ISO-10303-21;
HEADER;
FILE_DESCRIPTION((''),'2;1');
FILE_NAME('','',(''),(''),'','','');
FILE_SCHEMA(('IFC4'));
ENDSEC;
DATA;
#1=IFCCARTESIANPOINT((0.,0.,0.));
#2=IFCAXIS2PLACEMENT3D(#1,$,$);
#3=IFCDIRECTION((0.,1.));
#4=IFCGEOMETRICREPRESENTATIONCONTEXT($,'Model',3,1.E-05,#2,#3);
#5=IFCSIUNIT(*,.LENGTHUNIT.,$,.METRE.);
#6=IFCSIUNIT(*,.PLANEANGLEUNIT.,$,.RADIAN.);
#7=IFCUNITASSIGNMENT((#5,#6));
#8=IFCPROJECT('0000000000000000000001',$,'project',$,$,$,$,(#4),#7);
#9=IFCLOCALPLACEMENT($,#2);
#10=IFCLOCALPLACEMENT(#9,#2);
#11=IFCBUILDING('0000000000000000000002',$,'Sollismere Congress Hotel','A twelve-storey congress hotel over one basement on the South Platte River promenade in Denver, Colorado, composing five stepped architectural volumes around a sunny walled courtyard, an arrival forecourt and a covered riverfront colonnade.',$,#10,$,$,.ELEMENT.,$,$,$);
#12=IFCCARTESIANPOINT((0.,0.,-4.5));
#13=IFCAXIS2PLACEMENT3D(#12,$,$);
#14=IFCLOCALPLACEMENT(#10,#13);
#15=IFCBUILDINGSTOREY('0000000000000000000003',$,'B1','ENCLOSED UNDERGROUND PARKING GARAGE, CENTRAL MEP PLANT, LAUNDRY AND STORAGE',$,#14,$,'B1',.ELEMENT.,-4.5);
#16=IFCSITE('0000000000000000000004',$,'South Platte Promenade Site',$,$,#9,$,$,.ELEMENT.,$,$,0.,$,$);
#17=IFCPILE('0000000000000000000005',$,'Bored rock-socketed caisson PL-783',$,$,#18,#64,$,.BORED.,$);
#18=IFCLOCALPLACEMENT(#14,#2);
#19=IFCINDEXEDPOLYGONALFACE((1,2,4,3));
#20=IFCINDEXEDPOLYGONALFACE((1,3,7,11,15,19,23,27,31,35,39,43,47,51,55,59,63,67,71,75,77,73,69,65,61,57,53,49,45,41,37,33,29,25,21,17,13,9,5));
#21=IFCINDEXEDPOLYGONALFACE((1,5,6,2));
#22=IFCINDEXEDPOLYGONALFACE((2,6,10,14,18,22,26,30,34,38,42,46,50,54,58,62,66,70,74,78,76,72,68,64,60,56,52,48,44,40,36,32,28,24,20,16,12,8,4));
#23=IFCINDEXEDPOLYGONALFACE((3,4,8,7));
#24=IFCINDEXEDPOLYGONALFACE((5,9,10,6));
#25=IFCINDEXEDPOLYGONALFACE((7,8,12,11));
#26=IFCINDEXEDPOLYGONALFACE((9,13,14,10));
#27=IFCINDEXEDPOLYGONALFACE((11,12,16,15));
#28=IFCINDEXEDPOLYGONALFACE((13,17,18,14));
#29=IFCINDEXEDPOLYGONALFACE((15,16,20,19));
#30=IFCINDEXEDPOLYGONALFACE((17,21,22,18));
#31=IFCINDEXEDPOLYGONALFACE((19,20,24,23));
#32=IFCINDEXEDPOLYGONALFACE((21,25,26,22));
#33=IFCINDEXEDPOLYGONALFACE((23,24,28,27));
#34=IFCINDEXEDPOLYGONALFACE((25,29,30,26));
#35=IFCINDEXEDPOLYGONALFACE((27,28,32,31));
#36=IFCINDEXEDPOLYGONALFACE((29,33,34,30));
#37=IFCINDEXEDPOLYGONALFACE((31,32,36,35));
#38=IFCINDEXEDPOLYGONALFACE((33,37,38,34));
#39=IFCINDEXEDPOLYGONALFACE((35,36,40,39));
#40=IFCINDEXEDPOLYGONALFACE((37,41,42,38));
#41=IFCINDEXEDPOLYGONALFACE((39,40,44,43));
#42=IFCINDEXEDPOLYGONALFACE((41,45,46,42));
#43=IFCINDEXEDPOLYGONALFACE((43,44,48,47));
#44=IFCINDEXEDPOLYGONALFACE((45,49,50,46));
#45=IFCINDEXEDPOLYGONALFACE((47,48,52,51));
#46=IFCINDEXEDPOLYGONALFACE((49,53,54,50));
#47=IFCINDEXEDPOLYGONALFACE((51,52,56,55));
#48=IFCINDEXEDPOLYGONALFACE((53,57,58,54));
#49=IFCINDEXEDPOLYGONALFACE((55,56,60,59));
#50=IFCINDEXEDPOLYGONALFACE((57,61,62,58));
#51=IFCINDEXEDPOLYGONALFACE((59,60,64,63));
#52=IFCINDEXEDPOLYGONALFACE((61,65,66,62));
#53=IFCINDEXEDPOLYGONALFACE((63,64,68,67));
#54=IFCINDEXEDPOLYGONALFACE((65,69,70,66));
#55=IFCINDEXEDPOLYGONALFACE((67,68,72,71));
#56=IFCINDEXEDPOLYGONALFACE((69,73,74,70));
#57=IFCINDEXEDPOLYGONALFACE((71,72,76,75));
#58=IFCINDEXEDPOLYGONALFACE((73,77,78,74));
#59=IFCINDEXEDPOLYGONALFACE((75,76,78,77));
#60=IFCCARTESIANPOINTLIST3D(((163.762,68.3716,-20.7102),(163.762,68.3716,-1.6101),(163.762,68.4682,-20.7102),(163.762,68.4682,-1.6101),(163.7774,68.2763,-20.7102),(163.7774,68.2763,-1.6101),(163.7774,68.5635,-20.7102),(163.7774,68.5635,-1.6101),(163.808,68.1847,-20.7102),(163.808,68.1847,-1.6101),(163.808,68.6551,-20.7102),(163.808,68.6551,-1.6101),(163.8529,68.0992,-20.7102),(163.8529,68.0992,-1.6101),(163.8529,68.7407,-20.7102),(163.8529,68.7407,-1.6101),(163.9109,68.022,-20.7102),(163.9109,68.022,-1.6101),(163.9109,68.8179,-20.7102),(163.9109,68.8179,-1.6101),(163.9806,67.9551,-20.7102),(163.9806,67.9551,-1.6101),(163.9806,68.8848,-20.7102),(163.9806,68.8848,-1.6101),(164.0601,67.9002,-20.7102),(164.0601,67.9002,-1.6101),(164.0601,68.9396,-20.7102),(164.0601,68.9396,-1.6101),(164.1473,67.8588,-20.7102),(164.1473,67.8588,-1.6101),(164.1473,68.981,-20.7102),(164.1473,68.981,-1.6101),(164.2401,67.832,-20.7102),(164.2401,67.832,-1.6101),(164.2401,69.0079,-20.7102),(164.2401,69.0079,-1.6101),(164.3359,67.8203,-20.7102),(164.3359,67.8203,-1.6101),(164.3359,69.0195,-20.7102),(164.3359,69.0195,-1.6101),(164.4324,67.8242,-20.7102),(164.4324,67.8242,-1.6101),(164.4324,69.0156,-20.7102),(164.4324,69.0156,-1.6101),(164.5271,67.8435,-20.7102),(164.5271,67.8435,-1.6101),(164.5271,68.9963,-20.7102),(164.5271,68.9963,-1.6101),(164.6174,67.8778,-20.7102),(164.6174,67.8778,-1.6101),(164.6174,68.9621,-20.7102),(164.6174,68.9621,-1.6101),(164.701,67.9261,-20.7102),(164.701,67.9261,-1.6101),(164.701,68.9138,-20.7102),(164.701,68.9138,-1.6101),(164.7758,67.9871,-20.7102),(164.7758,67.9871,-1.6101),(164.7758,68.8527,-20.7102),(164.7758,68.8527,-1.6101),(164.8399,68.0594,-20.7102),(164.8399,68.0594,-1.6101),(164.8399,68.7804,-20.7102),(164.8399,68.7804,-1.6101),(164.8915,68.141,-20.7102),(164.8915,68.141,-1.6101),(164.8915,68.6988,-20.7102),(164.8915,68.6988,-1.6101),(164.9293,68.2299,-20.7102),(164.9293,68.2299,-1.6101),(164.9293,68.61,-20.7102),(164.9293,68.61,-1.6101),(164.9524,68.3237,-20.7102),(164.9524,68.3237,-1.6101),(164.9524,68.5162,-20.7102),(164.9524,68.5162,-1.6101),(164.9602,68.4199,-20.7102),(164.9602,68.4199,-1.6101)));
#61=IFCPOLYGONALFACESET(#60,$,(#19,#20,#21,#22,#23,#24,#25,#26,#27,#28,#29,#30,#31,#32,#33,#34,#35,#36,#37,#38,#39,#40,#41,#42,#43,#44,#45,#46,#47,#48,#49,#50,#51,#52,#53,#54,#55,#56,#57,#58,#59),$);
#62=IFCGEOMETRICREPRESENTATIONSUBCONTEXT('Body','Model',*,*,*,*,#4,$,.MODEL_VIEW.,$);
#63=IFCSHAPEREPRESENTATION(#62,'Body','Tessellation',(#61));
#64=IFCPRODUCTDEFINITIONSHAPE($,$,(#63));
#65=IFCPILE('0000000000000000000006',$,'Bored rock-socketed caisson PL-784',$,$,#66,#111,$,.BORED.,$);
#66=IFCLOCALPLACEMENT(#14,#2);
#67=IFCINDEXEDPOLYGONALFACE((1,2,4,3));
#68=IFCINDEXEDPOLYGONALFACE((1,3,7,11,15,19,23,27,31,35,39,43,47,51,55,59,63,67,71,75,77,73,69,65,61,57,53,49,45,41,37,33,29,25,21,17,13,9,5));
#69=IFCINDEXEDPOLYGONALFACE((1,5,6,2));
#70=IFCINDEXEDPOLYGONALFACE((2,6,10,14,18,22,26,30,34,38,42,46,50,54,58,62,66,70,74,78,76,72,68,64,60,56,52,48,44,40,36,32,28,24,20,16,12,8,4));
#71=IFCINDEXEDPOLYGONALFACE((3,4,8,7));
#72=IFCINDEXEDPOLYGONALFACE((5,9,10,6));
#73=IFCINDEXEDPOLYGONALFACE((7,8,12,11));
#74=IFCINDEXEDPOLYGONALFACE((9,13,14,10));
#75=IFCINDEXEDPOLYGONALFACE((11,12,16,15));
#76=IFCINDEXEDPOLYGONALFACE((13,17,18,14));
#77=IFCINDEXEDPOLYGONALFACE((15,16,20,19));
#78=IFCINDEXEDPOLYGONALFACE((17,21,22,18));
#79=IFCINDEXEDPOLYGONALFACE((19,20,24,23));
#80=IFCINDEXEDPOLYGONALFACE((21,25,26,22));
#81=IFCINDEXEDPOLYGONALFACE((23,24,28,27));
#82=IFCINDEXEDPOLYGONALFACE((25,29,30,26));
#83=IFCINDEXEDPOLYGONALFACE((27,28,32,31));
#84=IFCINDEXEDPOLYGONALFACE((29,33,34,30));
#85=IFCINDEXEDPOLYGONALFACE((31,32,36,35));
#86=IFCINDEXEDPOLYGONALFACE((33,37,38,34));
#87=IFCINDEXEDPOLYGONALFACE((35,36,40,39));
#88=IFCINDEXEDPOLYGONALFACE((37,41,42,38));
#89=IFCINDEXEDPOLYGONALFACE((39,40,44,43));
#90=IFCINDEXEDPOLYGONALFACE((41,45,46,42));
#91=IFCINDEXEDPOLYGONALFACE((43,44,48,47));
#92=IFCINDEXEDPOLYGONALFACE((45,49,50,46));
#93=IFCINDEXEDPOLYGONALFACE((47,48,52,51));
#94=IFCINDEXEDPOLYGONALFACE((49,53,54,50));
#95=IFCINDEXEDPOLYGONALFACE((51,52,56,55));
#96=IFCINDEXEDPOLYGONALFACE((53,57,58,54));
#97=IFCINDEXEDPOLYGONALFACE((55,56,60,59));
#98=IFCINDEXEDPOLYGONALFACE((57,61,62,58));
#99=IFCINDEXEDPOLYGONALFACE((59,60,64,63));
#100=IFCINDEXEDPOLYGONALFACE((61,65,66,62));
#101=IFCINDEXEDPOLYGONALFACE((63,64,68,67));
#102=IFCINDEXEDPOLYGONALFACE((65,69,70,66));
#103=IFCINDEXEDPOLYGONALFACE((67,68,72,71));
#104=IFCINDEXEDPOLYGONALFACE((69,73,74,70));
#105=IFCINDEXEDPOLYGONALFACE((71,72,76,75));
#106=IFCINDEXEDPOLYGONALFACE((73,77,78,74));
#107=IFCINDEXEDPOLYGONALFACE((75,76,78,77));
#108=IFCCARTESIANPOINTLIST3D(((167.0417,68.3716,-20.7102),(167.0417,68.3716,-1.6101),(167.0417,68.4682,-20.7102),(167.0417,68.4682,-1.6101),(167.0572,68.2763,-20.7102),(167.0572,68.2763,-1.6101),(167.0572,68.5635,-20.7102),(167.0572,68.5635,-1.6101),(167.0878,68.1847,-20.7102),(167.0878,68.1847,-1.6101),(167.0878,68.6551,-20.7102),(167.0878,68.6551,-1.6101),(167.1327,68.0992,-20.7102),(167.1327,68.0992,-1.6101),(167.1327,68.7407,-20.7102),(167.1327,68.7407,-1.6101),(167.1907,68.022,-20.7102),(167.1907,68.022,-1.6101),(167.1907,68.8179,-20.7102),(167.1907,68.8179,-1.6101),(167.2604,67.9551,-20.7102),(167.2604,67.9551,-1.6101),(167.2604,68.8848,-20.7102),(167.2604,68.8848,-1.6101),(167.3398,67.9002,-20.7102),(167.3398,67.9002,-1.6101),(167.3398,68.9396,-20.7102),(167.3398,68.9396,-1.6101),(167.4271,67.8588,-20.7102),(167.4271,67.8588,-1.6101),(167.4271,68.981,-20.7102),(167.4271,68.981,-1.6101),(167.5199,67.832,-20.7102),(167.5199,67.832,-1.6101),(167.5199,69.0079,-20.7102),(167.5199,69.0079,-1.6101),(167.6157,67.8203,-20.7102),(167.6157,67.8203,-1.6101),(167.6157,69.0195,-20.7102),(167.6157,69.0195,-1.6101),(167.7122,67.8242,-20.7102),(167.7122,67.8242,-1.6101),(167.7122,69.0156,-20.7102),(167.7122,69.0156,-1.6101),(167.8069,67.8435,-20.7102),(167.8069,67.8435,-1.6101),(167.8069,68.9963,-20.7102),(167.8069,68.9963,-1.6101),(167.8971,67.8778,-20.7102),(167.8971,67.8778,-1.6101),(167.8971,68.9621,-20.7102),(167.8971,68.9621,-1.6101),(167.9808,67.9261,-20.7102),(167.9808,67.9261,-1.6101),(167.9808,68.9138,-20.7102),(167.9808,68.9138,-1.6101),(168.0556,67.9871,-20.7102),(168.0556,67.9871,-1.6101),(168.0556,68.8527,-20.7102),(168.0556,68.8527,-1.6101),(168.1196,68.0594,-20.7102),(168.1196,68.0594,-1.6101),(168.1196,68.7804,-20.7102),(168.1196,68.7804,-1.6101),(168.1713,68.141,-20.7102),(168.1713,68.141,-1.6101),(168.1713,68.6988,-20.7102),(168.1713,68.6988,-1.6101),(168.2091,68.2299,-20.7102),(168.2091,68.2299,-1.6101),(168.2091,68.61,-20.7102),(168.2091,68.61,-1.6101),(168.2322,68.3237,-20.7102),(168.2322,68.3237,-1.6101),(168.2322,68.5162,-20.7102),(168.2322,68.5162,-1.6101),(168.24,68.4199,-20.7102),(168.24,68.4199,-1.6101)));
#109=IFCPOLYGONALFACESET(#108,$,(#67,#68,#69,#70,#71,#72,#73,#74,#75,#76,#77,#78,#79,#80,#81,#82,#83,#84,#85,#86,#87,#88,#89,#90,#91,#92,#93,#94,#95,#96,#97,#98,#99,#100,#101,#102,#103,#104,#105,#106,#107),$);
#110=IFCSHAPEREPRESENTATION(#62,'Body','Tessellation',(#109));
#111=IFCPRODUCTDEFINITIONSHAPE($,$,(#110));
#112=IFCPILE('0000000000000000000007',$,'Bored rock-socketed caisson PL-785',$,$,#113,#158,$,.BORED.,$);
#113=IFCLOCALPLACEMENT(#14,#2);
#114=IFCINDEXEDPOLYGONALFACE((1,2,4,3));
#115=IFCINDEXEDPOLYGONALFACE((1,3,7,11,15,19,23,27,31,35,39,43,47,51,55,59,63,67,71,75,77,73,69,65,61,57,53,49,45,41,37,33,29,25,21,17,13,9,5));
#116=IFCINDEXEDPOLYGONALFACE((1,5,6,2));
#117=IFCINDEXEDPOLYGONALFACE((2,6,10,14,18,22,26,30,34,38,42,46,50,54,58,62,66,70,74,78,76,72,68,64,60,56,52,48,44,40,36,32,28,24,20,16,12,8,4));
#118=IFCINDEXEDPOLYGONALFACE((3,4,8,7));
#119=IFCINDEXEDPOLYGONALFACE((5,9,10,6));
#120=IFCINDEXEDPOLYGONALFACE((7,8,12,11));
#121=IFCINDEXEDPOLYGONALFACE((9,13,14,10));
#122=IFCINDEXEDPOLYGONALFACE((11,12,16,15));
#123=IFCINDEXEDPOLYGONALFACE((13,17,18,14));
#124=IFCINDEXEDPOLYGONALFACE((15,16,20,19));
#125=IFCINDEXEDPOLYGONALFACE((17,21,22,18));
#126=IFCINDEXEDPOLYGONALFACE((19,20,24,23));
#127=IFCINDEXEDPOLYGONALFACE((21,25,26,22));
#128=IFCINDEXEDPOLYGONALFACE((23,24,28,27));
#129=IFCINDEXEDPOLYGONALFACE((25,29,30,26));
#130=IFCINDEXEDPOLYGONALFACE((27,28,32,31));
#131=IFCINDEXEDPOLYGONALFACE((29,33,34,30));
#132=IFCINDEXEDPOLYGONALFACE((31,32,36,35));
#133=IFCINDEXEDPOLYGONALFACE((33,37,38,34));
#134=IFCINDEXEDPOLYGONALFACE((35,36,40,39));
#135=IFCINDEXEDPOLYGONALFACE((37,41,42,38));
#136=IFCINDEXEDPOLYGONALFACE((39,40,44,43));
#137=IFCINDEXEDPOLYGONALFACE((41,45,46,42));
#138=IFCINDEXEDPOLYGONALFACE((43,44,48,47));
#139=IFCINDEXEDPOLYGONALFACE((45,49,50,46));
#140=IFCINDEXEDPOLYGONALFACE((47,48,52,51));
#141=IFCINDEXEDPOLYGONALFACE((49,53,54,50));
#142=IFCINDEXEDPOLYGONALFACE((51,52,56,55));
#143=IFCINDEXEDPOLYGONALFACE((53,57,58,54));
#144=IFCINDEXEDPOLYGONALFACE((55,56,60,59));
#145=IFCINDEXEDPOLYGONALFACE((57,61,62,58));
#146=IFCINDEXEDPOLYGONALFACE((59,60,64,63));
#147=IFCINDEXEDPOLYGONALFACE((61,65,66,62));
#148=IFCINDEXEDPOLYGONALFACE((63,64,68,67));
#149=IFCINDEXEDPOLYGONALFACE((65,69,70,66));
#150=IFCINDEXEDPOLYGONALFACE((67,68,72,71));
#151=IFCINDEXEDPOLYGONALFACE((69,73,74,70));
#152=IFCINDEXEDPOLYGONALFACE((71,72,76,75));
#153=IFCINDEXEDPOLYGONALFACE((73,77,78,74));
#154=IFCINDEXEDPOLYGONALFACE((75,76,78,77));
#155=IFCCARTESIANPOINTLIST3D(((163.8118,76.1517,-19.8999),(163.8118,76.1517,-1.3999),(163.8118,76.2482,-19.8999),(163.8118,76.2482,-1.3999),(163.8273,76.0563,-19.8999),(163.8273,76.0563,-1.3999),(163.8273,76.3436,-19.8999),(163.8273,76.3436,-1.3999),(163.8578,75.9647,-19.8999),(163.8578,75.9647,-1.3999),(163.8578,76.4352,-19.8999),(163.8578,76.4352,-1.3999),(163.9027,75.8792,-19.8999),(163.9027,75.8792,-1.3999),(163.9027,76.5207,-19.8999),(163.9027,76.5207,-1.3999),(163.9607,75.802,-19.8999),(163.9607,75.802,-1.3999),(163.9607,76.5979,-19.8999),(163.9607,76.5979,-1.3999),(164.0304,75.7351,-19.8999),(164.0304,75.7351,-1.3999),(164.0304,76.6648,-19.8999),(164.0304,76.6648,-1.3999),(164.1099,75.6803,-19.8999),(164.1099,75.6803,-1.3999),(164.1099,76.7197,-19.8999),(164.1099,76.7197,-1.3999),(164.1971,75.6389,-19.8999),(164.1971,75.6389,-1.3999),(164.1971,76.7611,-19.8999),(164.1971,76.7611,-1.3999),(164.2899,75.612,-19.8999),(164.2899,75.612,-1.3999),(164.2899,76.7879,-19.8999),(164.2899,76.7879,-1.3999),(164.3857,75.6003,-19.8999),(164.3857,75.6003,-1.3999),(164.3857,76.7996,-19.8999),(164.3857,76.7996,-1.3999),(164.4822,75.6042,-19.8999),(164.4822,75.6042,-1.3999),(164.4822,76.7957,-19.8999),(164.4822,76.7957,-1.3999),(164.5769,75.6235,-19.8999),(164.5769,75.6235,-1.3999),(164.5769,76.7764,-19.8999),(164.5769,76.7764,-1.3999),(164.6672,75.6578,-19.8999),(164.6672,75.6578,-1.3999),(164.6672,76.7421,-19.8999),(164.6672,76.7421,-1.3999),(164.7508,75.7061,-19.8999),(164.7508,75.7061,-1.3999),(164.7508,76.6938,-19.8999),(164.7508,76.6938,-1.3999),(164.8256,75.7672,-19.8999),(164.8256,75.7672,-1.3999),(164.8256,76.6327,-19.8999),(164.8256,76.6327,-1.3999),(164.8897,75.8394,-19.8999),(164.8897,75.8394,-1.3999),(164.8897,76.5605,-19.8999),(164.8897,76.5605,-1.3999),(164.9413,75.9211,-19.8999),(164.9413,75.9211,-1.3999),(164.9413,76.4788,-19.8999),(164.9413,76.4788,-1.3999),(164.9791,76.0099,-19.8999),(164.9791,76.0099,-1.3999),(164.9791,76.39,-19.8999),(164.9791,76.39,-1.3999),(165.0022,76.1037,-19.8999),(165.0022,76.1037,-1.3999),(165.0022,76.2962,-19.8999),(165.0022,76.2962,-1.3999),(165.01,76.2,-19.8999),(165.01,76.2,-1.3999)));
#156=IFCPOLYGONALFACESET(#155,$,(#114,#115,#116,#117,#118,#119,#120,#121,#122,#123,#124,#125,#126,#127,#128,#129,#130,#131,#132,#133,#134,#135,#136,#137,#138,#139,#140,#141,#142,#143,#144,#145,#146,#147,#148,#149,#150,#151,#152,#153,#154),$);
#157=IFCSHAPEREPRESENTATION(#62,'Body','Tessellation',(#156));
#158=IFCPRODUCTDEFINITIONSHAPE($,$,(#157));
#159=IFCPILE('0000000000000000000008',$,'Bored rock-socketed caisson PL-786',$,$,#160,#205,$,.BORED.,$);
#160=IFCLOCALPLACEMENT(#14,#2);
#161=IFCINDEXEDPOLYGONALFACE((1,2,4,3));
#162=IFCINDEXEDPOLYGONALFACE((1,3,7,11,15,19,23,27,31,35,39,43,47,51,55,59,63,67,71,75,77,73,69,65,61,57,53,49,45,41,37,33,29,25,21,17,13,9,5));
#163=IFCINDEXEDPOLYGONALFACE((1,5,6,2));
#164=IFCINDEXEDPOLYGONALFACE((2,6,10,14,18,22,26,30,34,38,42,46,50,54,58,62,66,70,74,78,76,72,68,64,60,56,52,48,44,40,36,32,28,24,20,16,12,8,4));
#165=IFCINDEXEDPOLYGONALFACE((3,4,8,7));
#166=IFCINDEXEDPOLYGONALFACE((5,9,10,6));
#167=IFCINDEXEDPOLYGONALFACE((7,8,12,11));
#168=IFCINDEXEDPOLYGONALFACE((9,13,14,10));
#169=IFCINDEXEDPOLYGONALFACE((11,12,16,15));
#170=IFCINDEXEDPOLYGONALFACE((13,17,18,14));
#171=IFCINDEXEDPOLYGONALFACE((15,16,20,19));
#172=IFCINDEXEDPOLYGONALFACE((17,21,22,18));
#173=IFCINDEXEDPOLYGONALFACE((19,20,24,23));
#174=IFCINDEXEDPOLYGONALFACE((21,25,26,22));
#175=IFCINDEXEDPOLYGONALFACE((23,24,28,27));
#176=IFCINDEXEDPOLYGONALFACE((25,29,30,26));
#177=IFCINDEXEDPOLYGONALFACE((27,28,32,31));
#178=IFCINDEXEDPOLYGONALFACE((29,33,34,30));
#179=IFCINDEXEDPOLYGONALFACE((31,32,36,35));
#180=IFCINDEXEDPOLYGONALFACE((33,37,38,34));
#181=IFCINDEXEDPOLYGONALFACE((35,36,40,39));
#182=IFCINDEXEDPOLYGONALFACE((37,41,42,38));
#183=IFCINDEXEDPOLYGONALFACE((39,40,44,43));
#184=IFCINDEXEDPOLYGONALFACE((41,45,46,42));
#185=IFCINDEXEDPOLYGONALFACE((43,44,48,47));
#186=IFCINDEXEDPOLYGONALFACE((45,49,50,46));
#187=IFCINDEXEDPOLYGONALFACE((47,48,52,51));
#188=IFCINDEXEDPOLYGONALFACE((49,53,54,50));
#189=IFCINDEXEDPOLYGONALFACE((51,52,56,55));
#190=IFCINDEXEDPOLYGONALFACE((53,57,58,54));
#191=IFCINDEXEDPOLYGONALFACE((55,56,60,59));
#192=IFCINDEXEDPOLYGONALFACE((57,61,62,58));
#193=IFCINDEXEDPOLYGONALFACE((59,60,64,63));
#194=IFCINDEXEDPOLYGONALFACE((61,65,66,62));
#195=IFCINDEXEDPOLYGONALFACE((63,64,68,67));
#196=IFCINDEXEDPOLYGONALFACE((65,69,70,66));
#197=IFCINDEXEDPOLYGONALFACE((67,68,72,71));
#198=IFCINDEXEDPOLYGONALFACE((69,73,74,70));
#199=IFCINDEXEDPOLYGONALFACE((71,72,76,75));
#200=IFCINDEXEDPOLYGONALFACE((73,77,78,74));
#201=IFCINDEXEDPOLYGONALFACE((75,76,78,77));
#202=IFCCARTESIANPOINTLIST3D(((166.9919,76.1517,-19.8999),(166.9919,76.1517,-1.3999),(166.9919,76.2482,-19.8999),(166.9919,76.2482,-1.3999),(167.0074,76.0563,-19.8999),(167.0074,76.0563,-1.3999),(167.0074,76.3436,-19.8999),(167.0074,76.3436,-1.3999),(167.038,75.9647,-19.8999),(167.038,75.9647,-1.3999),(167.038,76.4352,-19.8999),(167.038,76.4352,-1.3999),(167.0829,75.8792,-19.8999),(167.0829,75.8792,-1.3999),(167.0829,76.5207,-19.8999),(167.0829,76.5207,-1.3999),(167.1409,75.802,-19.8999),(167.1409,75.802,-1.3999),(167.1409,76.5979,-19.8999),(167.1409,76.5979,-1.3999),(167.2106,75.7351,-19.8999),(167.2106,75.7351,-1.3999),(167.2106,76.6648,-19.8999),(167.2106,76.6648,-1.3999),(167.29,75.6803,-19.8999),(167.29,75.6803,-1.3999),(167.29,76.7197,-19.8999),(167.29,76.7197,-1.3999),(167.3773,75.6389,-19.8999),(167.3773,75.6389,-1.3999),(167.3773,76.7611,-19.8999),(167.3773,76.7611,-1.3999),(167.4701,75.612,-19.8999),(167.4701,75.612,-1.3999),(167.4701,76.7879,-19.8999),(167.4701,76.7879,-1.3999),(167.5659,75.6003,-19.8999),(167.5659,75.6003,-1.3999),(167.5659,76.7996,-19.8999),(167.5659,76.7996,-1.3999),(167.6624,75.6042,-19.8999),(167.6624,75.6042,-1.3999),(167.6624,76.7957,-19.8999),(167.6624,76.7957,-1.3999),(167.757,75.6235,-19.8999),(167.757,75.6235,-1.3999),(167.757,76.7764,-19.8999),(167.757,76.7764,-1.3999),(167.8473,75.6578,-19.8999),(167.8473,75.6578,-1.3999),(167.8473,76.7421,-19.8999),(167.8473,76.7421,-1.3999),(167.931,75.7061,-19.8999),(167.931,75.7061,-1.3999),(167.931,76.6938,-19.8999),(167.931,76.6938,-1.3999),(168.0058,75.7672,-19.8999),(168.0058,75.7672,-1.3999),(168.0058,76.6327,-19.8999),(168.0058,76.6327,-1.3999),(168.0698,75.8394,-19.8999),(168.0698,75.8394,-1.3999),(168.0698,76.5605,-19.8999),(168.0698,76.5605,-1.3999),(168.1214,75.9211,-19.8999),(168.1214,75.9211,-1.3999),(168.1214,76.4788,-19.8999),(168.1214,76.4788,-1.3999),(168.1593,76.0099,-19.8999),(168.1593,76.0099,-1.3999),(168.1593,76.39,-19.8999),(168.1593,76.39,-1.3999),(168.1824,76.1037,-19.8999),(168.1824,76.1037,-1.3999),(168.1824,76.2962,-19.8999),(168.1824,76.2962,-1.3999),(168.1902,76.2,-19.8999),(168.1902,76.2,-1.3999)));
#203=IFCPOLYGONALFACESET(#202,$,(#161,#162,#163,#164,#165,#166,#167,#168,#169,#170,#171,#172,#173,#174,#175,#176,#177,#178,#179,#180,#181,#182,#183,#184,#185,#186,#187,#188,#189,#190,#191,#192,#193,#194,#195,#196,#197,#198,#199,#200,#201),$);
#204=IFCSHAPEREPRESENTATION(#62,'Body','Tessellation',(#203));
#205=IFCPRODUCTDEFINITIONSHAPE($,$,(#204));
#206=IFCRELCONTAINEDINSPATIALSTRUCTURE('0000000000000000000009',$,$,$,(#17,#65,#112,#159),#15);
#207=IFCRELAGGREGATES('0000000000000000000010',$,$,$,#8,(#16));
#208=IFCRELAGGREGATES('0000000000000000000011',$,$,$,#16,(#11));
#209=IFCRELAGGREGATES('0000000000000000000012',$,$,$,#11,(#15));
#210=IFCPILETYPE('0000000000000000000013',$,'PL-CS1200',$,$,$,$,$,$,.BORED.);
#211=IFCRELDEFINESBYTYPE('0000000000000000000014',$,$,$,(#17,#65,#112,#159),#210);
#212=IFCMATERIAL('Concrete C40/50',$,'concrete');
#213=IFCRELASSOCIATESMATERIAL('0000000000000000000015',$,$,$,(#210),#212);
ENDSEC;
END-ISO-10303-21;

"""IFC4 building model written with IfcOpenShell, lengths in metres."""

from ifc_helpers import new_model, si_unit, direction, frame, origin, origin_2d, place, context, subcontext, project, spatial, circle, extrude, material, material_profile, profile_set, type_object, element, save


model = new_model("IFC4")

# Units and contexts
model_context = context("Model", 3, precision=1e-05, world=origin(), true_north=direction((0.0, 1.0)))
body_context = subcontext(model_context, "Body", "Model", "MODEL_VIEW")
ifc_project = project(units=[si_unit("LENGTHUNIT", "METRE"), si_unit("PLANEANGLEUNIT", "RADIAN")], contexts=[model_context])

# Site, building, storey
site_placement = place(None, origin())
site = spatial("IfcSite", under=ifc_project, at=site_placement, Name="South Platte Promenade Site", CompositionType="ELEMENT", RefElevation=0.0)
building_placement = place(site_placement, origin())
building = spatial("IfcBuilding", under=site, at=building_placement, Name="Sollismere Congress Hotel", Description="A twelve-storey congress hotel over one basement on the South Platte River promenade in Denver, Colorado, composing five stepped architectural volumes around a sunny walled courtyard, an arrival forecourt and a covered riverfront colonnade.", CompositionType="ELEMENT")
storey_placement = place(building_placement, frame((0.0, 0.0, -4.5)))
storey = spatial("IfcBuildingStorey", under=building, at=storey_placement, Name="B1", Description="ENCLOSED UNDERGROUND PARKING GARAGE, CENTRAL MEP PLANT, LAUNDRY AND STORAGE", LongName="B1", CompositionType="ELEMENT", Elevation=-4.5)

# Shared definitions
ifc_material_1 = material(Name="Concrete C40/50", Category="concrete")

# Piles
ifc_material_profile_1 = material_profile(ifc_material_1, circle(Radius=0.6001, at=origin_2d()), Name="CAISSON1200")
ifc_profile_set_1 = profile_set([ifc_material_profile_1], Name="Concrete C40/50")
pile_type = type_object("IfcPileType", Name="PL-CS1200", PredefinedType="BORED", material=ifc_profile_set_1)
for number, where, z_axis, x_axis, name in (
    (1, (164.3601, 68.4199, -1.6101), (0.0, 0.0, -1.0), (1.0, 0.0, 0.0), "Bored rock-socketed caisson PL-783"),
    (2, (167.6399, 68.4199, -1.6101), (0.0, 0.0, -1.0), (1.0, 0.0, 0.0), "Bored rock-socketed caisson PL-784"),
):
    element("IfcPile", number, at=place(storey_placement, frame(where, z_axis=z_axis, x_axis=x_axis)), inside=storey, type_object=pile_type, Name=name, PredefinedType="BORED", context=body_context, shape_type="SweptSolid", body=[
        extrude(circle(Radius=0.6001, at=origin_2d()), origin(), (0.0, 0.0, 1.0), 19.1001),
    ])
for number, where, z_axis, x_axis, name in (
    (3, (164.4099, 76.2, -1.3999), (0.0, 0.0, -1.0), (1.0, 0.0, 0.0), "Bored rock-socketed caisson PL-785"),
    (4, (167.5901, 76.2, -1.3999), (0.0, 0.0, -1.0), (1.0, 0.0, 0.0), "Bored rock-socketed caisson PL-786"),
):
    element("IfcPile", number, at=place(storey_placement, frame(where, z_axis=z_axis, x_axis=x_axis)), inside=storey, type_object=pile_type, Name=name, PredefinedType="BORED", context=body_context, shape_type="SweptSolid", body=[
        extrude(circle(Radius=0.6001, at=origin_2d()), origin(), (0.0, 0.0, 1.0), 18.5),
    ])

save(model, "model.ifc")
